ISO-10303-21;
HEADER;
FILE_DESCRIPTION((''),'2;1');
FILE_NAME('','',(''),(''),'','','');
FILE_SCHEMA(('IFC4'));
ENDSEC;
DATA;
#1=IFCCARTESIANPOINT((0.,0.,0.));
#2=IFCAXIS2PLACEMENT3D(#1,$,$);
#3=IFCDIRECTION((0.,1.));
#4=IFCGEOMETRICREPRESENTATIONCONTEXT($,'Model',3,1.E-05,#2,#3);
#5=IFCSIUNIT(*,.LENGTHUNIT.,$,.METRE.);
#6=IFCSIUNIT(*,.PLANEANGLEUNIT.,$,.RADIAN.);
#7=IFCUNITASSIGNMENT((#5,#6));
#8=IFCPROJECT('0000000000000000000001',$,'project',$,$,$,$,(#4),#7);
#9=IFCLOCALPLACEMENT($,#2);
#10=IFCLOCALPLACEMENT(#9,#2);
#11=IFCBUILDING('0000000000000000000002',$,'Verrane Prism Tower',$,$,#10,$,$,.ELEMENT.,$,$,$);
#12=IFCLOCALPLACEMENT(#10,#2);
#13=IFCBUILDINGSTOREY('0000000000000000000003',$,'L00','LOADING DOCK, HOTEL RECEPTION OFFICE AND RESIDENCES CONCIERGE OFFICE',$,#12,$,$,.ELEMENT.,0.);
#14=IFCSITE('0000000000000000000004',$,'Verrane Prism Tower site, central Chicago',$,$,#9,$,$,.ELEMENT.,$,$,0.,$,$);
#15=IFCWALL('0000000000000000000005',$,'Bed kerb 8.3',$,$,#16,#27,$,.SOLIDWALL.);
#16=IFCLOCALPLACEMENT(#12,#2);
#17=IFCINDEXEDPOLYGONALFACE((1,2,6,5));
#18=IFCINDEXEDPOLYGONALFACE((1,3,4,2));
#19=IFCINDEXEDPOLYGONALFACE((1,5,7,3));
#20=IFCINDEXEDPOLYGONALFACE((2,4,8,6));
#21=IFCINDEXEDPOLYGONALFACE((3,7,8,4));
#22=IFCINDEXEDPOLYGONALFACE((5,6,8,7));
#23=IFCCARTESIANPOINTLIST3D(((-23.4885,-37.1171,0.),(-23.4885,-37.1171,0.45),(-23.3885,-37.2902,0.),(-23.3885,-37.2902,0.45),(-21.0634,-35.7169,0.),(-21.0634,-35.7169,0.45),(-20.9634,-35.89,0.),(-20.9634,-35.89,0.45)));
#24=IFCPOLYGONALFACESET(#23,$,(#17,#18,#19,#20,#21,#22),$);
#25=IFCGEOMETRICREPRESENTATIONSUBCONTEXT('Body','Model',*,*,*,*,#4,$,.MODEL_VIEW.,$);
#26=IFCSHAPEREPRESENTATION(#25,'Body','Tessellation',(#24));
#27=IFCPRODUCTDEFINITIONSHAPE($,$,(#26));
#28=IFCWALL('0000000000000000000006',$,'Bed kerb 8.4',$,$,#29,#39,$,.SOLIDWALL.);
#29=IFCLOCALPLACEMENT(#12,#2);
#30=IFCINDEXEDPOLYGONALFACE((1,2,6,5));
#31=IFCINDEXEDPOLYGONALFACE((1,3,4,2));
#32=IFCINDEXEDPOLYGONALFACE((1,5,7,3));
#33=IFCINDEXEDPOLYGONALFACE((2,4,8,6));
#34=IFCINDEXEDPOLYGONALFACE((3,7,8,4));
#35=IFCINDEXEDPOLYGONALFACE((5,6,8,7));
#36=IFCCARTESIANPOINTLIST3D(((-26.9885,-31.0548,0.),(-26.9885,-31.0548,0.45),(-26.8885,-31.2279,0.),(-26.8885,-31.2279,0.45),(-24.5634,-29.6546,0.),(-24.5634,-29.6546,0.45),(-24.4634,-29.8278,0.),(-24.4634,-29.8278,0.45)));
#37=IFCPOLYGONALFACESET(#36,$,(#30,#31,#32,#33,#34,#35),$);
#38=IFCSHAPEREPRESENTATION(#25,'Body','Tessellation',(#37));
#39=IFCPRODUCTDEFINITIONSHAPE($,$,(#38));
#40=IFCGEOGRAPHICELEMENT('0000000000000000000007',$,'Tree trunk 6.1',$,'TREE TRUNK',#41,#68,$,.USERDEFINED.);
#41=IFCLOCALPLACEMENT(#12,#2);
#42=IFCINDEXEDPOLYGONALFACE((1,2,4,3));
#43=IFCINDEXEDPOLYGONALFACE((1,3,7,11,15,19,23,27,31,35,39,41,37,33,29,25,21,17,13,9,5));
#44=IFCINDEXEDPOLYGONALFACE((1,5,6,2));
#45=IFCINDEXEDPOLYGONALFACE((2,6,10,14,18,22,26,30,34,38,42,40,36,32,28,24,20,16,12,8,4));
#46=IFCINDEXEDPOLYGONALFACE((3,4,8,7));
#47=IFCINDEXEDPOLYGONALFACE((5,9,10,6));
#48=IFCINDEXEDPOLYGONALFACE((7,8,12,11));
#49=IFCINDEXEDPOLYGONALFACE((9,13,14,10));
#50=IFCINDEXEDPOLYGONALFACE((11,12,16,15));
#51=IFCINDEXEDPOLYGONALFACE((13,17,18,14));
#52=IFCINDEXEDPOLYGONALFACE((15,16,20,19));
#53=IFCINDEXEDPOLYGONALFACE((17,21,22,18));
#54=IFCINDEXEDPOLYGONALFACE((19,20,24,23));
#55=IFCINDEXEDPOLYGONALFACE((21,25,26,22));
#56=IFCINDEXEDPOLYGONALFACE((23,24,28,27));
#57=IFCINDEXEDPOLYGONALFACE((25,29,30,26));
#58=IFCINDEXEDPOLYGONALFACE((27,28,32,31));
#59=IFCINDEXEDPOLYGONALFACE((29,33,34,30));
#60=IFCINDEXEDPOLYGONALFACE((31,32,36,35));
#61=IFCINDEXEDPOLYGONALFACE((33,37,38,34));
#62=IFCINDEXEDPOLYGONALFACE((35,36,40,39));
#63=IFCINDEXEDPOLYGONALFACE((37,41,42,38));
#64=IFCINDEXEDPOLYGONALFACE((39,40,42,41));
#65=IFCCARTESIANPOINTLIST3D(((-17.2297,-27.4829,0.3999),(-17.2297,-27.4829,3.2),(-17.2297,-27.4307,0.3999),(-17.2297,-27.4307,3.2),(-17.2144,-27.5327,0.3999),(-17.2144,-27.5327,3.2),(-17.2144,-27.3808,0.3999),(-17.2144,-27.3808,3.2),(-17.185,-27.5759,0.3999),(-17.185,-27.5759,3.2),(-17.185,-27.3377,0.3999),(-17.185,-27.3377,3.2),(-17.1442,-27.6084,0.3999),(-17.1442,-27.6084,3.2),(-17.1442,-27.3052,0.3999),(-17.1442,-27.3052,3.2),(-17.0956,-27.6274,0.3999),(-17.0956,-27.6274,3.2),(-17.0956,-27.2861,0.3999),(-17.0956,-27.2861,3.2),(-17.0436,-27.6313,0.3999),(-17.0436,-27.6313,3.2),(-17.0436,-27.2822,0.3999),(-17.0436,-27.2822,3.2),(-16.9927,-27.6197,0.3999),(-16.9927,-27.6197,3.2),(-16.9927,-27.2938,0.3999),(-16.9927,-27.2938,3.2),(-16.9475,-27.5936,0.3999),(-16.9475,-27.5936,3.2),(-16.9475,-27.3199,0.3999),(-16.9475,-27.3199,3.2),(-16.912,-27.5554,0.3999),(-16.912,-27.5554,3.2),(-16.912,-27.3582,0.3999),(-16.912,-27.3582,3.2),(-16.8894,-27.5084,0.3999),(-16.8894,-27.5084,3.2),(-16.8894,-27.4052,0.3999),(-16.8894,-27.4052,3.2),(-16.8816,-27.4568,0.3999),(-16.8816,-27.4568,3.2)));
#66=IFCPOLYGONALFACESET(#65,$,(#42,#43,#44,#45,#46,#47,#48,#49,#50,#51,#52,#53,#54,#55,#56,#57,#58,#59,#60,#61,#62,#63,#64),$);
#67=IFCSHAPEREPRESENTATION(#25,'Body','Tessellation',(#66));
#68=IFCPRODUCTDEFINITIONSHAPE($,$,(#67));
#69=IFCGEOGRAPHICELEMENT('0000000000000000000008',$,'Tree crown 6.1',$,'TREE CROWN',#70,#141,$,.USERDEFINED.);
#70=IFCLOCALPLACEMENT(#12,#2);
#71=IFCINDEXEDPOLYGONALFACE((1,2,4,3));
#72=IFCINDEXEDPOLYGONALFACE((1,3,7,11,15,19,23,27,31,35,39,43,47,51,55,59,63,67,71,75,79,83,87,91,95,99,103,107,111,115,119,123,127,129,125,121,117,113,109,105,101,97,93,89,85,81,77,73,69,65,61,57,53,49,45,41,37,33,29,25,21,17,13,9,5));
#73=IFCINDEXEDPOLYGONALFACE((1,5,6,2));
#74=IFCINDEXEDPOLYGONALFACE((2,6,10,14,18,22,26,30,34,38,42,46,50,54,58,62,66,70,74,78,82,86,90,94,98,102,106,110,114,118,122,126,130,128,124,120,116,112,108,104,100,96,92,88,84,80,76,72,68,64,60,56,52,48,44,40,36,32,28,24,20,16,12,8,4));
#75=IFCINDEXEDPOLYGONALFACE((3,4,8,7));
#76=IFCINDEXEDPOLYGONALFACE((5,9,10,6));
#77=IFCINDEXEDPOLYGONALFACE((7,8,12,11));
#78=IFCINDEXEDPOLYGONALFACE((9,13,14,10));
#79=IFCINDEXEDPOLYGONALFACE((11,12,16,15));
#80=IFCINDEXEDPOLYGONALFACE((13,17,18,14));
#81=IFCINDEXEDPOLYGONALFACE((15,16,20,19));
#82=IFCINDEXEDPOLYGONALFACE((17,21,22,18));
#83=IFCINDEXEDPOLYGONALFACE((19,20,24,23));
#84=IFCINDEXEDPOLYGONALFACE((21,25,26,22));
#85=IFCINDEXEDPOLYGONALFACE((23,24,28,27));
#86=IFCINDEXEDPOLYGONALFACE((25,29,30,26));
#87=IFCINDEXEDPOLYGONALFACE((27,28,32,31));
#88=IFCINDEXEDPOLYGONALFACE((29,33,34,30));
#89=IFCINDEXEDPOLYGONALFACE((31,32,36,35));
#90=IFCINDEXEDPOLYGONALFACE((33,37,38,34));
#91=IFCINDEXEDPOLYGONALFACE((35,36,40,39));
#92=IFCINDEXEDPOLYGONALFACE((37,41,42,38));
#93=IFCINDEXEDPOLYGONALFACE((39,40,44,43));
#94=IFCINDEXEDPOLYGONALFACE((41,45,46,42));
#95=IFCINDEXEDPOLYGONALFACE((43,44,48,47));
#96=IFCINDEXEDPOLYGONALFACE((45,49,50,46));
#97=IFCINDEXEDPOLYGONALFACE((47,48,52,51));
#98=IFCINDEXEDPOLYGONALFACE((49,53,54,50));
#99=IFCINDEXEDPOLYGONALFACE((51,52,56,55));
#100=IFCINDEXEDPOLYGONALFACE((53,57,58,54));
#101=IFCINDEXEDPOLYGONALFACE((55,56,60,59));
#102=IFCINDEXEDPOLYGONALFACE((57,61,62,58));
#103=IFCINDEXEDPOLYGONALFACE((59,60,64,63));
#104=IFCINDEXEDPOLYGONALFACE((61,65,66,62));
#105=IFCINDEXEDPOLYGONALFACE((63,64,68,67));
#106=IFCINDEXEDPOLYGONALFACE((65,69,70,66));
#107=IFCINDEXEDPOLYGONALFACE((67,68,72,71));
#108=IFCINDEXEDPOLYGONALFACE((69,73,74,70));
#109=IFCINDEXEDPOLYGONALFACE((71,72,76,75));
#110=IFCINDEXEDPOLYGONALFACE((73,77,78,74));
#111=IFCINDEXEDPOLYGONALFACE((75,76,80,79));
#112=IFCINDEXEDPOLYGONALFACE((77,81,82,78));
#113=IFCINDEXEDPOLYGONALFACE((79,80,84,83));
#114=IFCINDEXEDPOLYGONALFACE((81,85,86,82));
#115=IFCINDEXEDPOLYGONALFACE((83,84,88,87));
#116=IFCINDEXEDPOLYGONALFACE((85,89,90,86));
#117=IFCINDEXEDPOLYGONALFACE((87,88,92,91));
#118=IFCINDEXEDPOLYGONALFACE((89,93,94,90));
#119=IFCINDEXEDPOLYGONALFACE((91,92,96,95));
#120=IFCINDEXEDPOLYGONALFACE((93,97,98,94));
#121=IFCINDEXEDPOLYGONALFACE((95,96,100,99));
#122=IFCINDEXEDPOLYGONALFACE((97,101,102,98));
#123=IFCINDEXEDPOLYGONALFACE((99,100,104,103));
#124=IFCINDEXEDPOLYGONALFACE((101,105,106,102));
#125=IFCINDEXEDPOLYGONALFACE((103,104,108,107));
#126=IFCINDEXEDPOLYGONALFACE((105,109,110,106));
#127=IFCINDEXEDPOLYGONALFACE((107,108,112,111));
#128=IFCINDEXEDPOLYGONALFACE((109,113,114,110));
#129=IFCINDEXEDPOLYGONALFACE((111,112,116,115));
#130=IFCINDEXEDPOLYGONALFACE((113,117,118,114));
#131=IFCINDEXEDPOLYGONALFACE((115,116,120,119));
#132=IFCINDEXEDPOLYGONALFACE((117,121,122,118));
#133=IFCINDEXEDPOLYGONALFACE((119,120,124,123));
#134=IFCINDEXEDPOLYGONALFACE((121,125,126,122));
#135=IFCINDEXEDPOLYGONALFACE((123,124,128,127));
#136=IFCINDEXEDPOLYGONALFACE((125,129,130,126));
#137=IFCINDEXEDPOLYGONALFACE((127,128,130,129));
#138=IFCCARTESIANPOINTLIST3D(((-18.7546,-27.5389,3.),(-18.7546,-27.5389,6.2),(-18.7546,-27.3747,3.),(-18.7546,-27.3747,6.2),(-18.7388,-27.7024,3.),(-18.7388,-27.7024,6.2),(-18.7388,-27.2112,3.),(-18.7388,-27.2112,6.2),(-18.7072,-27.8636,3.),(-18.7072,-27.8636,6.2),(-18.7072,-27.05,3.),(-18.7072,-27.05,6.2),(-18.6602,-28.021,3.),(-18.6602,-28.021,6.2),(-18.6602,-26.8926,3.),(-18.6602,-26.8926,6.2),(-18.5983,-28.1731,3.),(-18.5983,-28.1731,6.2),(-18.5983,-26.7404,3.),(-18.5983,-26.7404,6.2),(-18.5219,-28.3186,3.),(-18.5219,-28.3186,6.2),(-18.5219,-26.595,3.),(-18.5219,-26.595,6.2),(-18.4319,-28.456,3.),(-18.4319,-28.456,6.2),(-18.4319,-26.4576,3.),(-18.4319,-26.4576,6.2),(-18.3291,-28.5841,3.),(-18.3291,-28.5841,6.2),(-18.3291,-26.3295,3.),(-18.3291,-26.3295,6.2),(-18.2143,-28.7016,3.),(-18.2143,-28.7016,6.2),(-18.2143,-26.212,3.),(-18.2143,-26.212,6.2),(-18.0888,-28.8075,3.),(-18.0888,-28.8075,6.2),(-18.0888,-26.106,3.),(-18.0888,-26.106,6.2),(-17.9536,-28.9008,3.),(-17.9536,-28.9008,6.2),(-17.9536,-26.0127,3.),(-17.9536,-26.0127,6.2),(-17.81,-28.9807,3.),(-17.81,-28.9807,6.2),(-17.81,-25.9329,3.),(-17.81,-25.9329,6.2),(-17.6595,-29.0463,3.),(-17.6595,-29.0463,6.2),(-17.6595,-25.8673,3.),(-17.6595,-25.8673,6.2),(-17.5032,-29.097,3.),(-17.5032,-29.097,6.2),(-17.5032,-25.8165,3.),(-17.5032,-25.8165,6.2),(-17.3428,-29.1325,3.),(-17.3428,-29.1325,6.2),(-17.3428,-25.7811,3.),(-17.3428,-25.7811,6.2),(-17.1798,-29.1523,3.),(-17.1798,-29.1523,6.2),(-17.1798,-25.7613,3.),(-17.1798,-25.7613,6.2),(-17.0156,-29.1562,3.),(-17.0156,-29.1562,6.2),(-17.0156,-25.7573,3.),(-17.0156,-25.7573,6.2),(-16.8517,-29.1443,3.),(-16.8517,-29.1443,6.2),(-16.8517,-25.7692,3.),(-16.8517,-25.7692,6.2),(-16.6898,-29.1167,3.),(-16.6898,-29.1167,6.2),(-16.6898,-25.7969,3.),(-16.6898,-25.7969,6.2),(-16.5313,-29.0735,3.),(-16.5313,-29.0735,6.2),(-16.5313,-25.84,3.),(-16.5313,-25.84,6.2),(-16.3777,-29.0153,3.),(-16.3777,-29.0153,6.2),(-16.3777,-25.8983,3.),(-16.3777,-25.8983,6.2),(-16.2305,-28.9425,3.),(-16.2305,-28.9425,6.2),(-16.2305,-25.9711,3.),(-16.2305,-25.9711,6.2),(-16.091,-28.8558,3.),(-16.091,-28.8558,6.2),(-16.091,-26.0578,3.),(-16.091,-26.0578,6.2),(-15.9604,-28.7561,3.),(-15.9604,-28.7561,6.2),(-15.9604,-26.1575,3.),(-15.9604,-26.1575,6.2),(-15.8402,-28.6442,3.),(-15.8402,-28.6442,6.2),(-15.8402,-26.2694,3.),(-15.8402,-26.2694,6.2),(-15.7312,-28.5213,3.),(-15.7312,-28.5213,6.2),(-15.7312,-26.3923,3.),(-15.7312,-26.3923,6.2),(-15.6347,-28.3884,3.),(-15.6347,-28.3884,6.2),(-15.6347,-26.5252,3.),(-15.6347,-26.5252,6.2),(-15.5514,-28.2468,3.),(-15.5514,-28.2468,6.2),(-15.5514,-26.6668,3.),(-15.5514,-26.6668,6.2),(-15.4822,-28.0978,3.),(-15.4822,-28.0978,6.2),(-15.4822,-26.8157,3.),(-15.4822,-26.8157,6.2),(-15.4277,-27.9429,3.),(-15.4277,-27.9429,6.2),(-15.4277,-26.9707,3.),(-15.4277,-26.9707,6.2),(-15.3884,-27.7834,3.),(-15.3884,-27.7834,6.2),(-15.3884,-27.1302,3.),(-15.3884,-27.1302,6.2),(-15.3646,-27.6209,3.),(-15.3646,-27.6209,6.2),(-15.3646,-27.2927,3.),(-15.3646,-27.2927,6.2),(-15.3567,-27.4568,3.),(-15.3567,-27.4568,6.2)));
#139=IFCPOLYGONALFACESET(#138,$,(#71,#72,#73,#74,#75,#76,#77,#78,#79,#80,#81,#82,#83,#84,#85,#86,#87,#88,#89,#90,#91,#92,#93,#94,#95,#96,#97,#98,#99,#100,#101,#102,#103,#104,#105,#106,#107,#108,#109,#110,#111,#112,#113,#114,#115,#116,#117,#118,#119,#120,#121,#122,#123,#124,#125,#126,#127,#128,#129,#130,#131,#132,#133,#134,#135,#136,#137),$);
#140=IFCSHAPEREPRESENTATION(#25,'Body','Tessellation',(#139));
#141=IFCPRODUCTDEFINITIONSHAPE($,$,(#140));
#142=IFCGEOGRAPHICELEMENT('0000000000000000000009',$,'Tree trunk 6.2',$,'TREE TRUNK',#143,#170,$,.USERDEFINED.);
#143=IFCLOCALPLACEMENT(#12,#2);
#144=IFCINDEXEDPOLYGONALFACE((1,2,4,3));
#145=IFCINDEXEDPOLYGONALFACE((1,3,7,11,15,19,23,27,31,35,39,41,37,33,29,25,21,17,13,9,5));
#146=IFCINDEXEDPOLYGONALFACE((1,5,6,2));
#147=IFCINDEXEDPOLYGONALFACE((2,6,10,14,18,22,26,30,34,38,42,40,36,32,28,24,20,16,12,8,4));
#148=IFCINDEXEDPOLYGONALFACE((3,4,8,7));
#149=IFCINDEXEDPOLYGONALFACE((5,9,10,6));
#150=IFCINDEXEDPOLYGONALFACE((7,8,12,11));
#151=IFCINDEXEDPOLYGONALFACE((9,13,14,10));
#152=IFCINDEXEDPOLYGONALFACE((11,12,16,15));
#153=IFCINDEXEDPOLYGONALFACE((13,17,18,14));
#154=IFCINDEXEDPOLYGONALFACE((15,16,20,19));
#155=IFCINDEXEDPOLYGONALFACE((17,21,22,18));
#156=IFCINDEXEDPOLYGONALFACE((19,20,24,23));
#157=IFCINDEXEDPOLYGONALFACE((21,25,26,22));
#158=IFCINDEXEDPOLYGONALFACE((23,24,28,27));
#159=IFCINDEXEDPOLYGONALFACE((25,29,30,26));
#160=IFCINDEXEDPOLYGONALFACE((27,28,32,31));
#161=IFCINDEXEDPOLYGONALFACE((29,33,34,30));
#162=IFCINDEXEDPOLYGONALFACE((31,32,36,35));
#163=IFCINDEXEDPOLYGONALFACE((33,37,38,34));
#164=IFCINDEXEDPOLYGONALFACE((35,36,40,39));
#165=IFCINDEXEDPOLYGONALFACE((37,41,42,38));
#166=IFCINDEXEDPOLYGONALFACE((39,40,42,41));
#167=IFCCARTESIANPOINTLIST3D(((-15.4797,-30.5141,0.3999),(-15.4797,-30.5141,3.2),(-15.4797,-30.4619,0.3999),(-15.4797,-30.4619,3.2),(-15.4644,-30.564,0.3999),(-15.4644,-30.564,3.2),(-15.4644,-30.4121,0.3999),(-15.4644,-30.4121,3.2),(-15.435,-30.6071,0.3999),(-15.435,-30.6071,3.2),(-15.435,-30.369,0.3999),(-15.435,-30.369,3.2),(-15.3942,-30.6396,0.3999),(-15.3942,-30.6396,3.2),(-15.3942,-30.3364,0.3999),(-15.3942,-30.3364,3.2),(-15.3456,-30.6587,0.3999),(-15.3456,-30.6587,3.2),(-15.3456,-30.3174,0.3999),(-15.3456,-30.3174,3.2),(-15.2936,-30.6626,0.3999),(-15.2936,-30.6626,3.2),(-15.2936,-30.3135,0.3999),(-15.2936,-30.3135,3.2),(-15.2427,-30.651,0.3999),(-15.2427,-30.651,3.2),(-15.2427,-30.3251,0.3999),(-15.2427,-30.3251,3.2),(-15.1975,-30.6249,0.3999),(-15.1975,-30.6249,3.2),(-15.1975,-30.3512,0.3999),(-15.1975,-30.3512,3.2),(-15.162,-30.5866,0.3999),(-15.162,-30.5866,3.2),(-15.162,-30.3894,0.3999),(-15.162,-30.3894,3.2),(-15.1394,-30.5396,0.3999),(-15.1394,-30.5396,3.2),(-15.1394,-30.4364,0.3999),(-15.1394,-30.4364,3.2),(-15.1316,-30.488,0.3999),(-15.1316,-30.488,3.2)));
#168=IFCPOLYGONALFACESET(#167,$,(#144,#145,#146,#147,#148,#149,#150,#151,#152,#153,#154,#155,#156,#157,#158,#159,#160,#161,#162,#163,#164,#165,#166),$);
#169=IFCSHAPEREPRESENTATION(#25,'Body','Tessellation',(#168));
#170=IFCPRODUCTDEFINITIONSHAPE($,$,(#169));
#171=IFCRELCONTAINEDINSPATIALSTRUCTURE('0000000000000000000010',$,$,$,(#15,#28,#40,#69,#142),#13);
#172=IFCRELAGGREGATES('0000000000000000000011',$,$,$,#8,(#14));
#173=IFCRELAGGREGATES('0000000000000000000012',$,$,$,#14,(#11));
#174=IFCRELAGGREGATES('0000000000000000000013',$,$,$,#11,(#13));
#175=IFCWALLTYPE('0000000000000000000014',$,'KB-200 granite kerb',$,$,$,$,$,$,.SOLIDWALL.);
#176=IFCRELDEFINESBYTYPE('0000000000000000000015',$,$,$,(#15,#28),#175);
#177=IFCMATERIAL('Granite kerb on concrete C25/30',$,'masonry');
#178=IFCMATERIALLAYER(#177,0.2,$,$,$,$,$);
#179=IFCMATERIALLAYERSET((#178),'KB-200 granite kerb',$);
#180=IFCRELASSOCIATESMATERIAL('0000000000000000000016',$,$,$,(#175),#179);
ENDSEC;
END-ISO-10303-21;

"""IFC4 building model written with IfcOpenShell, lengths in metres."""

from ifc_helpers import new_model, si_unit, direction, frame, frame_2d, origin, origin_2d, place, context, subcontext, project, spatial, rectangle, circle, extrude, material, layer, layer_set, type_object, element, save


model = new_model("IFC4")

# Units and contexts
model_context = context("Model", 3, precision=1e-05, world=origin(), true_north=direction((0.0, 1.0)))
body_context = subcontext(model_context, "Body", "Model", "MODEL_VIEW")
ifc_project = project(units=[si_unit("LENGTHUNIT", "METRE"), si_unit("PLANEANGLEUNIT", "RADIAN")], contexts=[model_context])

# Site, building, storey
site_placement = place(None, origin())
site = spatial("IfcSite", under=ifc_project, at=site_placement, Name="Verrane Prism Tower site, central Chicago", CompositionType="ELEMENT", RefElevation=0.0)
building_placement = place(site_placement, origin())
building = spatial("IfcBuilding", under=site, at=building_placement, Name="Verrane Prism Tower", CompositionType="ELEMENT")
storey_placement = place(building_placement, origin())
storey = spatial("IfcBuildingStorey", under=building, at=storey_placement, Name="L00", Description="LOADING DOCK, HOTEL RECEPTION OFFICE AND RESIDENCES CONCIERGE OFFICE", CompositionType="ELEMENT", Elevation=0.0)

# Walls
ifc_material_1 = material(Name="Granite kerb on concrete C25/30", Category="masonry")
ifc_layer_1 = layer(ifc_material_1, 0.2)
ifc_layer_set_1 = layer_set([ifc_layer_1], Name="KB-200 granite kerb")
wall_type_1 = type_object("IfcWallType", Name="KB-200 granite kerb", PredefinedType="SOLIDWALL", material=ifc_layer_set_1)
for number, where, z_axis, x_axis, name in (
    (1, (-21.0134, -35.8035, 0.0), (0.0, 0.0, 1.0), (-0.866019, -0.500012, 0.0), "Bed kerb 8.3"),
    (2, (-26.9385, -31.1414, 0.0), (0.0, 0.0, 1.0), (0.866019, 0.500012, 0.0), "Bed kerb 8.4"),
):
    element("IfcWall", number, at=place(storey_placement, frame(where, z_axis=z_axis, x_axis=x_axis)), inside=storey, type_object=wall_type_1, Name=name, PredefinedType="SOLIDWALL", context=body_context, shape_type="SweptSolid", body=[
        extrude(rectangle(XDim=2.8003, YDim=0.2, at=frame_2d((1.4001, 0.0))), origin(), (0.0, 0.0, 1.0), 0.45),
    ])

# Geographic elements
geographic_element_1_placement = place(storey_placement, frame((-17.0566, -27.4568, 3.2), z_axis=(0.0, 0.0, -1.0), x_axis=(1.0, 0.0, 0.0)))
element("IfcGeographicElement", 3, at=geographic_element_1_placement, inside=storey, Name="Tree trunk 6.1", ObjectType="TREE TRUNK", PredefinedType="USERDEFINED", context=body_context, shape_type="SweptSolid", body=[
    extrude(circle(Radius=0.175, at=origin_2d()), origin(), (0.0, 0.0, 1.0), 2.8),
])
geographic_element_2_placement = place(storey_placement, frame((-17.0566, -27.4568, 6.2), z_axis=(0.0, 0.0, -1.0), x_axis=(1.0, 0.0, 0.0)))
element("IfcGeographicElement", 4, at=geographic_element_2_placement, inside=storey, Name="Tree crown 6.1", ObjectType="TREE CROWN", PredefinedType="USERDEFINED", context=body_context, shape_type="SweptSolid", body=[
    extrude(circle(Radius=1.7, at=origin_2d()), origin(), (0.0, 0.0, 1.0), 3.2),
])
geographic_element_3_placement = place(storey_placement, frame((-15.3066, -30.488, 3.2), z_axis=(0.0, 0.0, -1.0), x_axis=(1.0, 0.0, 0.0)))
element("IfcGeographicElement", 5, at=geographic_element_3_placement, inside=storey, Name="Tree trunk 6.2", ObjectType="TREE TRUNK", PredefinedType="USERDEFINED", context=body_context, shape_type="SweptSolid", body=[
    extrude(circle(Radius=0.175, at=origin_2d()), origin(), (0.0, 0.0, 1.0), 2.8),
])

save(model, "model.ifc")
